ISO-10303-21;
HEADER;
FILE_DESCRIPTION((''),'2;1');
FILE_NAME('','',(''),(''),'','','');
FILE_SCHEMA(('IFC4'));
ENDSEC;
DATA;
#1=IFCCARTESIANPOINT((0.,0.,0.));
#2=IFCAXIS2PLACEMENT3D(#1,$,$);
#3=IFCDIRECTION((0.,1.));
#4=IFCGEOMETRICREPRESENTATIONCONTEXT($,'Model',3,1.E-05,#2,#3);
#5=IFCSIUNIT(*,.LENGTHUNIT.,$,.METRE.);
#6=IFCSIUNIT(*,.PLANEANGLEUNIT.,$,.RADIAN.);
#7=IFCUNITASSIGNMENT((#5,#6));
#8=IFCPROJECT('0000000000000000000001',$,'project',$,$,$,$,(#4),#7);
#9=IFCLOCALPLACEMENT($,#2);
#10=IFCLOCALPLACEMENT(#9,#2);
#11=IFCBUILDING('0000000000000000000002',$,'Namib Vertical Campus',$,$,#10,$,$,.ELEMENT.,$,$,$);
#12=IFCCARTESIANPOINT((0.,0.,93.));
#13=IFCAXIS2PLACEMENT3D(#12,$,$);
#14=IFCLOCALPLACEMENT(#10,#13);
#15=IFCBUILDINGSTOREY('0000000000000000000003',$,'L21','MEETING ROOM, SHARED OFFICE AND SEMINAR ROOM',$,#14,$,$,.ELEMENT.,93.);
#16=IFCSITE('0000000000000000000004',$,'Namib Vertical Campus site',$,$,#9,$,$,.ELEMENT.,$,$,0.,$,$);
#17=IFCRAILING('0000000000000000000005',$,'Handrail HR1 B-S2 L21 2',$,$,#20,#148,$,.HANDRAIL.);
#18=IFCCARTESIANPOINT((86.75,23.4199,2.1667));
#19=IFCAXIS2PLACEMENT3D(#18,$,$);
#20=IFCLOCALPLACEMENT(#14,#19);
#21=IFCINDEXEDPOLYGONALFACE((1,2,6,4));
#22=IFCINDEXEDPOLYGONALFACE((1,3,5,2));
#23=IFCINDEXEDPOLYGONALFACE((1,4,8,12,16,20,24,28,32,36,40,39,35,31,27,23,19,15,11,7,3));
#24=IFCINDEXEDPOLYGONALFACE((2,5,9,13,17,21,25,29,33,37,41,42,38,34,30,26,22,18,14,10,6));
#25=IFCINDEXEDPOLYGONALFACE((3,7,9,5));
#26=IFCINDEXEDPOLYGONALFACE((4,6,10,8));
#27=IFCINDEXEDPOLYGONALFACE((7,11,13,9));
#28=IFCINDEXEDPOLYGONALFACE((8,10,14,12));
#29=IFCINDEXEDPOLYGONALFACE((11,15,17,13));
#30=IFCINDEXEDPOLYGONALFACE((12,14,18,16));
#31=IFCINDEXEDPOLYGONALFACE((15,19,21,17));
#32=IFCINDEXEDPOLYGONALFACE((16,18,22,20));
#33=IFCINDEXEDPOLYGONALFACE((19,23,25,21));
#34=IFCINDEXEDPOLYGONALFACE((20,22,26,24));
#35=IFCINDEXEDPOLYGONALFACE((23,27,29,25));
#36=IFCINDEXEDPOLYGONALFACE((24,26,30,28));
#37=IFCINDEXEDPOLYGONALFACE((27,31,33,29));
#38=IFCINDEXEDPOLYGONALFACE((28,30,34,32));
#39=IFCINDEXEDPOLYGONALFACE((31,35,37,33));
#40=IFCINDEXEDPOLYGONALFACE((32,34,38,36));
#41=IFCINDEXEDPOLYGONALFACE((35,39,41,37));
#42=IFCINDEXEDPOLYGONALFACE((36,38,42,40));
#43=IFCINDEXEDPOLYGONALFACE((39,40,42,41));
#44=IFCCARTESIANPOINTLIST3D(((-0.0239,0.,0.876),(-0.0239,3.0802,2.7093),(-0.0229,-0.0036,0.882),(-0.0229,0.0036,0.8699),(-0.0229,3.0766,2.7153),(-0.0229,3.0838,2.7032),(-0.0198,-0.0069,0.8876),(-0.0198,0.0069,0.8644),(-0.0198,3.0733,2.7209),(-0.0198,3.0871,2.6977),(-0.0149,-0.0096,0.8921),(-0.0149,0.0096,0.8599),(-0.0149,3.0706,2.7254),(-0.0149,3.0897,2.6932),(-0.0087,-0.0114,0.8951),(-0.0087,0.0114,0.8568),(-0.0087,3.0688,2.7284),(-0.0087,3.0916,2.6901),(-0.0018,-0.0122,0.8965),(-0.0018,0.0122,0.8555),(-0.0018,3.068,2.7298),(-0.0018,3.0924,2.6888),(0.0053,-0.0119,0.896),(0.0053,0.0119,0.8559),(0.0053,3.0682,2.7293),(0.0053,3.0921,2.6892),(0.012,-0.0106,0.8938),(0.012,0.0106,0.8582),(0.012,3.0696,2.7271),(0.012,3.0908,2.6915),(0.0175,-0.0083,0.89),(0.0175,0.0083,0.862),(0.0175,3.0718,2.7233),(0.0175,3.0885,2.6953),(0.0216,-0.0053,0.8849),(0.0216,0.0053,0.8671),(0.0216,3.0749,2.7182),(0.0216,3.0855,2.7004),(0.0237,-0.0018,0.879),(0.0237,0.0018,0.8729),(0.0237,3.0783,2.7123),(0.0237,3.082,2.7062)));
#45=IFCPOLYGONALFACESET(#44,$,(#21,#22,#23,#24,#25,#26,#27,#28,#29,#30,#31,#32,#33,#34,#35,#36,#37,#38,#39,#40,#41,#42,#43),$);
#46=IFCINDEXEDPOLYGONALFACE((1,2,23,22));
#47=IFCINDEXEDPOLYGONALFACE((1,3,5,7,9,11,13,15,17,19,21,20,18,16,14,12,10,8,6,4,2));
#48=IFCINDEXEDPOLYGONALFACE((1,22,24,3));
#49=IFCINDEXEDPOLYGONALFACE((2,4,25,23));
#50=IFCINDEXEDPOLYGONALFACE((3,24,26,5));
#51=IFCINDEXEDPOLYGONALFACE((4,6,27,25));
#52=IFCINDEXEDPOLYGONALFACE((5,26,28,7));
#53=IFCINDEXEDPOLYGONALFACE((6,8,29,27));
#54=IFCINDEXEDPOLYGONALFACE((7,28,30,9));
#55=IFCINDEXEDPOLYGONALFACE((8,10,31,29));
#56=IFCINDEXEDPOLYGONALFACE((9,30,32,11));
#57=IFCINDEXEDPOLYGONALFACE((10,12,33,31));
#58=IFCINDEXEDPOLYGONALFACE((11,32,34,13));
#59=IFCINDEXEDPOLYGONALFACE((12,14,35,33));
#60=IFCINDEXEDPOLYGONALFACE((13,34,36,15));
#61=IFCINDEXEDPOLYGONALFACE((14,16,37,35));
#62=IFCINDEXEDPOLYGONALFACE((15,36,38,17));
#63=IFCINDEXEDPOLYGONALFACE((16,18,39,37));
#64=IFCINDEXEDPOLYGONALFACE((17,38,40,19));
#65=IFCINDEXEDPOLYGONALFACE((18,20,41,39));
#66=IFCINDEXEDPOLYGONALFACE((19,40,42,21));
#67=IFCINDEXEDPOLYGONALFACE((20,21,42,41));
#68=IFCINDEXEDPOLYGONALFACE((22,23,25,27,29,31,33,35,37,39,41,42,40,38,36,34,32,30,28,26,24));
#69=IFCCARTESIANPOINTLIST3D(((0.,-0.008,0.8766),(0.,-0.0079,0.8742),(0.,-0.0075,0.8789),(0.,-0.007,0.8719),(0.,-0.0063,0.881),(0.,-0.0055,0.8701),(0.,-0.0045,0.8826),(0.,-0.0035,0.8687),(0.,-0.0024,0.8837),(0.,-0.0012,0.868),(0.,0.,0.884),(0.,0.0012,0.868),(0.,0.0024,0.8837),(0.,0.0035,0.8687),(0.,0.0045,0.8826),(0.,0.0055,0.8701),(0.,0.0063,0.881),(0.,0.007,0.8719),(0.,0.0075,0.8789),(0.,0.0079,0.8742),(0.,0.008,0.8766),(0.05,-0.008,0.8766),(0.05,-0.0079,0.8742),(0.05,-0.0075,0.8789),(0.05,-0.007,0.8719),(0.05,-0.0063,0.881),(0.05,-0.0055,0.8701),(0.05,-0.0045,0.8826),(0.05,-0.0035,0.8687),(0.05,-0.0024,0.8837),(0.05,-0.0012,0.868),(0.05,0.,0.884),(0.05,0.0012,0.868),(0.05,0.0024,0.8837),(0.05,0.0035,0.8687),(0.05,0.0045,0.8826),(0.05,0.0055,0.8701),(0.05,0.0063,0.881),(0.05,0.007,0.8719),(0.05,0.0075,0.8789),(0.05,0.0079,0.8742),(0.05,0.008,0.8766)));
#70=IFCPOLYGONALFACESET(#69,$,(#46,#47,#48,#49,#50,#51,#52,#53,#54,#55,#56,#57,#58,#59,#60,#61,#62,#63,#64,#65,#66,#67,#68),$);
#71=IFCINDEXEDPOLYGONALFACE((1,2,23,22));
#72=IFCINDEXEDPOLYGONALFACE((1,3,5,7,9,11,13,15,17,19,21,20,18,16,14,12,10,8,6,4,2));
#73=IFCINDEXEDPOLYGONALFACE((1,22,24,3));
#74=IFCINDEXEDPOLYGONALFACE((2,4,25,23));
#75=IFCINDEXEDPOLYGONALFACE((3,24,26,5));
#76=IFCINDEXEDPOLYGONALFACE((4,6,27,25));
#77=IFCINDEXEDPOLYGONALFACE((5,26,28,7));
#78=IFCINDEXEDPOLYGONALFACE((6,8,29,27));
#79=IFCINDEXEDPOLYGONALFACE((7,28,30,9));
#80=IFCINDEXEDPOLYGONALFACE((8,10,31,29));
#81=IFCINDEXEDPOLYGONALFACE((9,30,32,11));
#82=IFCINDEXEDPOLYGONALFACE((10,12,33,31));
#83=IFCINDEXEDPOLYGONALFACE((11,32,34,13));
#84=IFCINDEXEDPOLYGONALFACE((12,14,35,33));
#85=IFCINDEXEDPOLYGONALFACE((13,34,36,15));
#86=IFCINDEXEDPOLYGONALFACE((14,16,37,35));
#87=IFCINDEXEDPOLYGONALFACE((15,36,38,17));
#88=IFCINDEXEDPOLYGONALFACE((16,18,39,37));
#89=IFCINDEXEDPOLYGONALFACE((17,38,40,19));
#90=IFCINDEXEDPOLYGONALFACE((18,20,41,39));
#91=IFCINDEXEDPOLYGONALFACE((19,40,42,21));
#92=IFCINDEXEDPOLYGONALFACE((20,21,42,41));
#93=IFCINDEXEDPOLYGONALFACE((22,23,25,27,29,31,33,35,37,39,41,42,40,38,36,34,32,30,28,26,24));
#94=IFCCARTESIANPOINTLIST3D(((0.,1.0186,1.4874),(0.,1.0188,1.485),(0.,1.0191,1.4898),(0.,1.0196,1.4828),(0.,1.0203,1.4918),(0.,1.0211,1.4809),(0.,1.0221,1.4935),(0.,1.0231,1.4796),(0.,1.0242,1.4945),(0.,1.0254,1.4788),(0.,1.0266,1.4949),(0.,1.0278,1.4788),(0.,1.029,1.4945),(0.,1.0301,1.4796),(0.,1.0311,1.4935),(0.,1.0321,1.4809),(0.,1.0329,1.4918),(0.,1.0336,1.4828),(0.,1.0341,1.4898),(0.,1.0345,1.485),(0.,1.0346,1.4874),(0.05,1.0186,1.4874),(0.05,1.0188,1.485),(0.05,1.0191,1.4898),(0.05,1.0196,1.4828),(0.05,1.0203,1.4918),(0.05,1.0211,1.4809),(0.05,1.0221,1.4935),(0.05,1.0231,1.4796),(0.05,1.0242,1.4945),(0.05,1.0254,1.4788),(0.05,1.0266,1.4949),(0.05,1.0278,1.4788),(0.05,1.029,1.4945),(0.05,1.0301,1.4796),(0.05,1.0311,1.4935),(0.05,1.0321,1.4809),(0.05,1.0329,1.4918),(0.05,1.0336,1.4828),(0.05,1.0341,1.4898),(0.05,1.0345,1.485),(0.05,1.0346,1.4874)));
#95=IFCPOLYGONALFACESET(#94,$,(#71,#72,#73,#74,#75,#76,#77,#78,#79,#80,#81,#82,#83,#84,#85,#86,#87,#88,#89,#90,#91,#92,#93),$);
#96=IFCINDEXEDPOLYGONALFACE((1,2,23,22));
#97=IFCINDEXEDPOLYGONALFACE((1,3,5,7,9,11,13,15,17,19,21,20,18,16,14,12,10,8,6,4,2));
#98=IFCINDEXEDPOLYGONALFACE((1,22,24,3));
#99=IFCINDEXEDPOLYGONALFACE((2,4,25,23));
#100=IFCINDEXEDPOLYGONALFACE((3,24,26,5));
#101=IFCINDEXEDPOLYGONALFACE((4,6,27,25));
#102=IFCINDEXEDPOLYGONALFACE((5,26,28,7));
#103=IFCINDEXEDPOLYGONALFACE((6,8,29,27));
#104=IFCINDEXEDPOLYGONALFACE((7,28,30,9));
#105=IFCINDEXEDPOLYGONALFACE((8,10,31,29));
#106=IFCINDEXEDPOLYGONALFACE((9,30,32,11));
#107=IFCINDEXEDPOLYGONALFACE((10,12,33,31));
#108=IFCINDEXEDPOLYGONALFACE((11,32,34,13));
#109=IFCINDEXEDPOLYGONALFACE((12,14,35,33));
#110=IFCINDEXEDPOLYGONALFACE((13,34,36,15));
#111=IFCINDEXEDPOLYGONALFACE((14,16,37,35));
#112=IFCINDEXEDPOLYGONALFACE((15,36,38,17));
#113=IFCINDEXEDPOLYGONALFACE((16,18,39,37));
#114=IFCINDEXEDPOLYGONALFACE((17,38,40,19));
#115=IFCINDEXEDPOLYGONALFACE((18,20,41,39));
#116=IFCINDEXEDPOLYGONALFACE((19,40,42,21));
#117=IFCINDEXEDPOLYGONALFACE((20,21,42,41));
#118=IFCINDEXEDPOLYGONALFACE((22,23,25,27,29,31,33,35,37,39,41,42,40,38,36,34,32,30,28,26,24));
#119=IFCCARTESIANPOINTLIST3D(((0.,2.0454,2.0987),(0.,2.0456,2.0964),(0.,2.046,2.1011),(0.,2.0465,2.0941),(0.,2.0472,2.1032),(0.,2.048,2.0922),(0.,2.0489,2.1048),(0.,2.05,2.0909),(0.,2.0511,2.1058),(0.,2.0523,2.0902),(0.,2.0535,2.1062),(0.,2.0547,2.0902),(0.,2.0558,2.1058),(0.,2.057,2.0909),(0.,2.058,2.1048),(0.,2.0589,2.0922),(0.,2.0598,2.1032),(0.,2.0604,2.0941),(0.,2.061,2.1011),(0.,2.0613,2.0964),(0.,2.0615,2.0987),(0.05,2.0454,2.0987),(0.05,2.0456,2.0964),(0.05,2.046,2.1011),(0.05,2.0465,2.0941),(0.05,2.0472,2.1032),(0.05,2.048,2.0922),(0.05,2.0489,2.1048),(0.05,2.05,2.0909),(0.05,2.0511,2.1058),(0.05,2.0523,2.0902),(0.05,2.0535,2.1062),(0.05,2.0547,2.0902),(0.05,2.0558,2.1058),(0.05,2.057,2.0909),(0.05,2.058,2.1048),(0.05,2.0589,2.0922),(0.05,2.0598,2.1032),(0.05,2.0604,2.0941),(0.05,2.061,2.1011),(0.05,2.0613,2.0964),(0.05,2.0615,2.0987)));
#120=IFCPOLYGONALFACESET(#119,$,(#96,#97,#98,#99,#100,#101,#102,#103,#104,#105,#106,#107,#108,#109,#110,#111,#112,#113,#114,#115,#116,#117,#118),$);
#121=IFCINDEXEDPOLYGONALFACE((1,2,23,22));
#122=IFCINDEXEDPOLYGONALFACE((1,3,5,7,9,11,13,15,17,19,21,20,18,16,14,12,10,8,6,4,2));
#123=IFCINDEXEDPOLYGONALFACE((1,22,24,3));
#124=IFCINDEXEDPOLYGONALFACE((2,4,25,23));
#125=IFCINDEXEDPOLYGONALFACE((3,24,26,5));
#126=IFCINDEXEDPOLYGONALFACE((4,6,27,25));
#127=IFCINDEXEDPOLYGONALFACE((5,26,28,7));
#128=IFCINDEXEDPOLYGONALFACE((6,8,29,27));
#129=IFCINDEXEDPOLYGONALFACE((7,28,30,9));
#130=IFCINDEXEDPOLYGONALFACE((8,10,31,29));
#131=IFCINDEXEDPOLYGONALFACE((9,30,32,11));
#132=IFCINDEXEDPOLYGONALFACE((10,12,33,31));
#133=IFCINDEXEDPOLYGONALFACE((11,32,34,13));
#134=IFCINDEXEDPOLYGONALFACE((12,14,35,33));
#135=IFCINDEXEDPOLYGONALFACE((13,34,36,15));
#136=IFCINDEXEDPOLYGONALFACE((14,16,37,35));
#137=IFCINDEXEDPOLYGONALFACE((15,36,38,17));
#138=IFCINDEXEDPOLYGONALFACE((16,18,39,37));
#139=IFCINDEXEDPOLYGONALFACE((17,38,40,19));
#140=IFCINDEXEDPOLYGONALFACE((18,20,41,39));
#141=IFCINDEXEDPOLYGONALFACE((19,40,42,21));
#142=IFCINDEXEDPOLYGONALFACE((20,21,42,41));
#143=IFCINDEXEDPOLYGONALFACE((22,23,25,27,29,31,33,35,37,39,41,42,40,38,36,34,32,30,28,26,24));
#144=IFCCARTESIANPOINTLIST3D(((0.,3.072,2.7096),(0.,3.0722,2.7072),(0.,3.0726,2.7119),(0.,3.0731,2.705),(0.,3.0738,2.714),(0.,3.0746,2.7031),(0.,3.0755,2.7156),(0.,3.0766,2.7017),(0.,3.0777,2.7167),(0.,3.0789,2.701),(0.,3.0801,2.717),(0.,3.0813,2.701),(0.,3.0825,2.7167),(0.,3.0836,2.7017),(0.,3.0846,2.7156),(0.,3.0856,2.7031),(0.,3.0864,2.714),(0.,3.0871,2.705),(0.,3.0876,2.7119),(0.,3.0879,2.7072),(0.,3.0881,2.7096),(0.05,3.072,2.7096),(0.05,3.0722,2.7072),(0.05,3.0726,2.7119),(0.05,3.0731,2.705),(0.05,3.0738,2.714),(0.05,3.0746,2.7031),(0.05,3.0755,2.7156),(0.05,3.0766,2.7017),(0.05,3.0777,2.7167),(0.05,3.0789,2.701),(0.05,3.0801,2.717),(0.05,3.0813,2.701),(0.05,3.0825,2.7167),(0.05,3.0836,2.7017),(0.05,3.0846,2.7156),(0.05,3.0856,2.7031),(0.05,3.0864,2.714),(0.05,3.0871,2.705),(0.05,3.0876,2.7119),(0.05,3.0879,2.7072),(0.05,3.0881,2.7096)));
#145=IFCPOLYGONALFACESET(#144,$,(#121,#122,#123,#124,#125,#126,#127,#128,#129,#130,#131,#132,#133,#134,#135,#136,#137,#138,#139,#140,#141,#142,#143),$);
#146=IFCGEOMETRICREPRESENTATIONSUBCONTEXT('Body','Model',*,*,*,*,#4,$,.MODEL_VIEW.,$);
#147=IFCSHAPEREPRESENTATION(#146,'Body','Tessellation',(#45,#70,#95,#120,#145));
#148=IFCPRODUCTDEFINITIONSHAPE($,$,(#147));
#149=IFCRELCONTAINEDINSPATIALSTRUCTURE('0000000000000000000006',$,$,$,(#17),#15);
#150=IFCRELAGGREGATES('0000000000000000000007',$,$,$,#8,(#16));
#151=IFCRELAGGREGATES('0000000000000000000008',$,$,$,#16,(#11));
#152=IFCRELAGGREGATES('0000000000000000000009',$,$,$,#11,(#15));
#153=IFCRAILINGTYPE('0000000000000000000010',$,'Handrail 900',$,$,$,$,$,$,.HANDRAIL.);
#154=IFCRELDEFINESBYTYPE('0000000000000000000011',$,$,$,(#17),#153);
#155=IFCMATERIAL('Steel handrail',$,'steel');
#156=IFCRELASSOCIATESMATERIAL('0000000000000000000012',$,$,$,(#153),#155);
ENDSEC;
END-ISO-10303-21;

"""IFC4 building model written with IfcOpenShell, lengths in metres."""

from ifc_helpers import new_model, si_unit, direction, frame, origin, origin_2d, place, context, subcontext, project, spatial, circle, extrude, material, type_object, element, save


model = new_model("IFC4")

# Units and contexts
model_context = context("Model", 3, precision=1e-05, world=origin(), true_north=direction((0.0, 1.0)))
body_context = subcontext(model_context, "Body", "Model", "MODEL_VIEW")
ifc_project = project(units=[si_unit("LENGTHUNIT", "METRE"), si_unit("PLANEANGLEUNIT", "RADIAN")], contexts=[model_context])

# Site, building, storey
site_placement = place(None, origin())
site = spatial("IfcSite", under=ifc_project, at=site_placement, Name="Namib Vertical Campus site", CompositionType="ELEMENT", RefElevation=0.0)
building_placement = place(site_placement, origin())
building = spatial("IfcBuilding", under=site, at=building_placement, Name="Namib Vertical Campus", CompositionType="ELEMENT")
storey_placement = place(building_placement, frame((0.0, 0.0, 93.0)))
storey = spatial("IfcBuildingStorey", under=building, at=storey_placement, Name="L21", Description="MEETING ROOM, SHARED OFFICE AND SEMINAR ROOM", CompositionType="ELEMENT", Elevation=93.0)

# Railing
ifc_material_1 = material(Name="Steel handrail", Category="steel")
railing_type = type_object("IfcRailingType", Name="Handrail 900", PredefinedType="HANDRAIL", material=ifc_material_1)
railing_1_placement = place(storey_placement, frame((86.75, 23.4199, 2.1667)))
element("IfcRailing", 1, at=railing_1_placement, inside=storey, type_object=railing_type, Name="Handrail HR1 B-S2 L21 2", PredefinedType="HANDRAIL", context=body_context, shape_type="SweptSolid", body=[
    extrude(circle(Radius=0.0239, at=origin_2d()), frame((0.0, 0.0, 0.876), z_axis=(0.0, 0.859309, 0.511458), x_axis=(-1.0, 0.0, 0.0)), (0.0, 0.0, 1.0), 3.5845),
    extrude(circle(Radius=0.0081, at=origin_2d()), frame((0.0, 0.0, 0.876), z_axis=(1.0, 0.0, 0.0), x_axis=(0.0, 0.0, 1.0)), (0.0, 0.0, 1.0), 0.05),
    extrude(circle(Radius=0.0081, at=origin_2d()), frame((0.0, 1.0266, 1.4868), z_axis=(1.0, 0.0, 0.0), x_axis=(0.0, 0.0, 1.0)), (0.0, 0.0, 1.0), 0.05),
    extrude(circle(Radius=0.0081, at=origin_2d()), frame((0.0, 2.0535, 2.0981), z_axis=(1.0, 0.0, 0.0), x_axis=(0.0, 0.0, 1.0)), (0.0, 0.0, 1.0), 0.05),
    extrude(circle(Radius=0.0081, at=origin_2d()), frame((0.0, 3.0801, 2.709), z_axis=(1.0, 0.0, 0.0), x_axis=(0.0, 0.0, 1.0)), (0.0, 0.0, 1.0), 0.05),
])

save(model, "model.ifc")
